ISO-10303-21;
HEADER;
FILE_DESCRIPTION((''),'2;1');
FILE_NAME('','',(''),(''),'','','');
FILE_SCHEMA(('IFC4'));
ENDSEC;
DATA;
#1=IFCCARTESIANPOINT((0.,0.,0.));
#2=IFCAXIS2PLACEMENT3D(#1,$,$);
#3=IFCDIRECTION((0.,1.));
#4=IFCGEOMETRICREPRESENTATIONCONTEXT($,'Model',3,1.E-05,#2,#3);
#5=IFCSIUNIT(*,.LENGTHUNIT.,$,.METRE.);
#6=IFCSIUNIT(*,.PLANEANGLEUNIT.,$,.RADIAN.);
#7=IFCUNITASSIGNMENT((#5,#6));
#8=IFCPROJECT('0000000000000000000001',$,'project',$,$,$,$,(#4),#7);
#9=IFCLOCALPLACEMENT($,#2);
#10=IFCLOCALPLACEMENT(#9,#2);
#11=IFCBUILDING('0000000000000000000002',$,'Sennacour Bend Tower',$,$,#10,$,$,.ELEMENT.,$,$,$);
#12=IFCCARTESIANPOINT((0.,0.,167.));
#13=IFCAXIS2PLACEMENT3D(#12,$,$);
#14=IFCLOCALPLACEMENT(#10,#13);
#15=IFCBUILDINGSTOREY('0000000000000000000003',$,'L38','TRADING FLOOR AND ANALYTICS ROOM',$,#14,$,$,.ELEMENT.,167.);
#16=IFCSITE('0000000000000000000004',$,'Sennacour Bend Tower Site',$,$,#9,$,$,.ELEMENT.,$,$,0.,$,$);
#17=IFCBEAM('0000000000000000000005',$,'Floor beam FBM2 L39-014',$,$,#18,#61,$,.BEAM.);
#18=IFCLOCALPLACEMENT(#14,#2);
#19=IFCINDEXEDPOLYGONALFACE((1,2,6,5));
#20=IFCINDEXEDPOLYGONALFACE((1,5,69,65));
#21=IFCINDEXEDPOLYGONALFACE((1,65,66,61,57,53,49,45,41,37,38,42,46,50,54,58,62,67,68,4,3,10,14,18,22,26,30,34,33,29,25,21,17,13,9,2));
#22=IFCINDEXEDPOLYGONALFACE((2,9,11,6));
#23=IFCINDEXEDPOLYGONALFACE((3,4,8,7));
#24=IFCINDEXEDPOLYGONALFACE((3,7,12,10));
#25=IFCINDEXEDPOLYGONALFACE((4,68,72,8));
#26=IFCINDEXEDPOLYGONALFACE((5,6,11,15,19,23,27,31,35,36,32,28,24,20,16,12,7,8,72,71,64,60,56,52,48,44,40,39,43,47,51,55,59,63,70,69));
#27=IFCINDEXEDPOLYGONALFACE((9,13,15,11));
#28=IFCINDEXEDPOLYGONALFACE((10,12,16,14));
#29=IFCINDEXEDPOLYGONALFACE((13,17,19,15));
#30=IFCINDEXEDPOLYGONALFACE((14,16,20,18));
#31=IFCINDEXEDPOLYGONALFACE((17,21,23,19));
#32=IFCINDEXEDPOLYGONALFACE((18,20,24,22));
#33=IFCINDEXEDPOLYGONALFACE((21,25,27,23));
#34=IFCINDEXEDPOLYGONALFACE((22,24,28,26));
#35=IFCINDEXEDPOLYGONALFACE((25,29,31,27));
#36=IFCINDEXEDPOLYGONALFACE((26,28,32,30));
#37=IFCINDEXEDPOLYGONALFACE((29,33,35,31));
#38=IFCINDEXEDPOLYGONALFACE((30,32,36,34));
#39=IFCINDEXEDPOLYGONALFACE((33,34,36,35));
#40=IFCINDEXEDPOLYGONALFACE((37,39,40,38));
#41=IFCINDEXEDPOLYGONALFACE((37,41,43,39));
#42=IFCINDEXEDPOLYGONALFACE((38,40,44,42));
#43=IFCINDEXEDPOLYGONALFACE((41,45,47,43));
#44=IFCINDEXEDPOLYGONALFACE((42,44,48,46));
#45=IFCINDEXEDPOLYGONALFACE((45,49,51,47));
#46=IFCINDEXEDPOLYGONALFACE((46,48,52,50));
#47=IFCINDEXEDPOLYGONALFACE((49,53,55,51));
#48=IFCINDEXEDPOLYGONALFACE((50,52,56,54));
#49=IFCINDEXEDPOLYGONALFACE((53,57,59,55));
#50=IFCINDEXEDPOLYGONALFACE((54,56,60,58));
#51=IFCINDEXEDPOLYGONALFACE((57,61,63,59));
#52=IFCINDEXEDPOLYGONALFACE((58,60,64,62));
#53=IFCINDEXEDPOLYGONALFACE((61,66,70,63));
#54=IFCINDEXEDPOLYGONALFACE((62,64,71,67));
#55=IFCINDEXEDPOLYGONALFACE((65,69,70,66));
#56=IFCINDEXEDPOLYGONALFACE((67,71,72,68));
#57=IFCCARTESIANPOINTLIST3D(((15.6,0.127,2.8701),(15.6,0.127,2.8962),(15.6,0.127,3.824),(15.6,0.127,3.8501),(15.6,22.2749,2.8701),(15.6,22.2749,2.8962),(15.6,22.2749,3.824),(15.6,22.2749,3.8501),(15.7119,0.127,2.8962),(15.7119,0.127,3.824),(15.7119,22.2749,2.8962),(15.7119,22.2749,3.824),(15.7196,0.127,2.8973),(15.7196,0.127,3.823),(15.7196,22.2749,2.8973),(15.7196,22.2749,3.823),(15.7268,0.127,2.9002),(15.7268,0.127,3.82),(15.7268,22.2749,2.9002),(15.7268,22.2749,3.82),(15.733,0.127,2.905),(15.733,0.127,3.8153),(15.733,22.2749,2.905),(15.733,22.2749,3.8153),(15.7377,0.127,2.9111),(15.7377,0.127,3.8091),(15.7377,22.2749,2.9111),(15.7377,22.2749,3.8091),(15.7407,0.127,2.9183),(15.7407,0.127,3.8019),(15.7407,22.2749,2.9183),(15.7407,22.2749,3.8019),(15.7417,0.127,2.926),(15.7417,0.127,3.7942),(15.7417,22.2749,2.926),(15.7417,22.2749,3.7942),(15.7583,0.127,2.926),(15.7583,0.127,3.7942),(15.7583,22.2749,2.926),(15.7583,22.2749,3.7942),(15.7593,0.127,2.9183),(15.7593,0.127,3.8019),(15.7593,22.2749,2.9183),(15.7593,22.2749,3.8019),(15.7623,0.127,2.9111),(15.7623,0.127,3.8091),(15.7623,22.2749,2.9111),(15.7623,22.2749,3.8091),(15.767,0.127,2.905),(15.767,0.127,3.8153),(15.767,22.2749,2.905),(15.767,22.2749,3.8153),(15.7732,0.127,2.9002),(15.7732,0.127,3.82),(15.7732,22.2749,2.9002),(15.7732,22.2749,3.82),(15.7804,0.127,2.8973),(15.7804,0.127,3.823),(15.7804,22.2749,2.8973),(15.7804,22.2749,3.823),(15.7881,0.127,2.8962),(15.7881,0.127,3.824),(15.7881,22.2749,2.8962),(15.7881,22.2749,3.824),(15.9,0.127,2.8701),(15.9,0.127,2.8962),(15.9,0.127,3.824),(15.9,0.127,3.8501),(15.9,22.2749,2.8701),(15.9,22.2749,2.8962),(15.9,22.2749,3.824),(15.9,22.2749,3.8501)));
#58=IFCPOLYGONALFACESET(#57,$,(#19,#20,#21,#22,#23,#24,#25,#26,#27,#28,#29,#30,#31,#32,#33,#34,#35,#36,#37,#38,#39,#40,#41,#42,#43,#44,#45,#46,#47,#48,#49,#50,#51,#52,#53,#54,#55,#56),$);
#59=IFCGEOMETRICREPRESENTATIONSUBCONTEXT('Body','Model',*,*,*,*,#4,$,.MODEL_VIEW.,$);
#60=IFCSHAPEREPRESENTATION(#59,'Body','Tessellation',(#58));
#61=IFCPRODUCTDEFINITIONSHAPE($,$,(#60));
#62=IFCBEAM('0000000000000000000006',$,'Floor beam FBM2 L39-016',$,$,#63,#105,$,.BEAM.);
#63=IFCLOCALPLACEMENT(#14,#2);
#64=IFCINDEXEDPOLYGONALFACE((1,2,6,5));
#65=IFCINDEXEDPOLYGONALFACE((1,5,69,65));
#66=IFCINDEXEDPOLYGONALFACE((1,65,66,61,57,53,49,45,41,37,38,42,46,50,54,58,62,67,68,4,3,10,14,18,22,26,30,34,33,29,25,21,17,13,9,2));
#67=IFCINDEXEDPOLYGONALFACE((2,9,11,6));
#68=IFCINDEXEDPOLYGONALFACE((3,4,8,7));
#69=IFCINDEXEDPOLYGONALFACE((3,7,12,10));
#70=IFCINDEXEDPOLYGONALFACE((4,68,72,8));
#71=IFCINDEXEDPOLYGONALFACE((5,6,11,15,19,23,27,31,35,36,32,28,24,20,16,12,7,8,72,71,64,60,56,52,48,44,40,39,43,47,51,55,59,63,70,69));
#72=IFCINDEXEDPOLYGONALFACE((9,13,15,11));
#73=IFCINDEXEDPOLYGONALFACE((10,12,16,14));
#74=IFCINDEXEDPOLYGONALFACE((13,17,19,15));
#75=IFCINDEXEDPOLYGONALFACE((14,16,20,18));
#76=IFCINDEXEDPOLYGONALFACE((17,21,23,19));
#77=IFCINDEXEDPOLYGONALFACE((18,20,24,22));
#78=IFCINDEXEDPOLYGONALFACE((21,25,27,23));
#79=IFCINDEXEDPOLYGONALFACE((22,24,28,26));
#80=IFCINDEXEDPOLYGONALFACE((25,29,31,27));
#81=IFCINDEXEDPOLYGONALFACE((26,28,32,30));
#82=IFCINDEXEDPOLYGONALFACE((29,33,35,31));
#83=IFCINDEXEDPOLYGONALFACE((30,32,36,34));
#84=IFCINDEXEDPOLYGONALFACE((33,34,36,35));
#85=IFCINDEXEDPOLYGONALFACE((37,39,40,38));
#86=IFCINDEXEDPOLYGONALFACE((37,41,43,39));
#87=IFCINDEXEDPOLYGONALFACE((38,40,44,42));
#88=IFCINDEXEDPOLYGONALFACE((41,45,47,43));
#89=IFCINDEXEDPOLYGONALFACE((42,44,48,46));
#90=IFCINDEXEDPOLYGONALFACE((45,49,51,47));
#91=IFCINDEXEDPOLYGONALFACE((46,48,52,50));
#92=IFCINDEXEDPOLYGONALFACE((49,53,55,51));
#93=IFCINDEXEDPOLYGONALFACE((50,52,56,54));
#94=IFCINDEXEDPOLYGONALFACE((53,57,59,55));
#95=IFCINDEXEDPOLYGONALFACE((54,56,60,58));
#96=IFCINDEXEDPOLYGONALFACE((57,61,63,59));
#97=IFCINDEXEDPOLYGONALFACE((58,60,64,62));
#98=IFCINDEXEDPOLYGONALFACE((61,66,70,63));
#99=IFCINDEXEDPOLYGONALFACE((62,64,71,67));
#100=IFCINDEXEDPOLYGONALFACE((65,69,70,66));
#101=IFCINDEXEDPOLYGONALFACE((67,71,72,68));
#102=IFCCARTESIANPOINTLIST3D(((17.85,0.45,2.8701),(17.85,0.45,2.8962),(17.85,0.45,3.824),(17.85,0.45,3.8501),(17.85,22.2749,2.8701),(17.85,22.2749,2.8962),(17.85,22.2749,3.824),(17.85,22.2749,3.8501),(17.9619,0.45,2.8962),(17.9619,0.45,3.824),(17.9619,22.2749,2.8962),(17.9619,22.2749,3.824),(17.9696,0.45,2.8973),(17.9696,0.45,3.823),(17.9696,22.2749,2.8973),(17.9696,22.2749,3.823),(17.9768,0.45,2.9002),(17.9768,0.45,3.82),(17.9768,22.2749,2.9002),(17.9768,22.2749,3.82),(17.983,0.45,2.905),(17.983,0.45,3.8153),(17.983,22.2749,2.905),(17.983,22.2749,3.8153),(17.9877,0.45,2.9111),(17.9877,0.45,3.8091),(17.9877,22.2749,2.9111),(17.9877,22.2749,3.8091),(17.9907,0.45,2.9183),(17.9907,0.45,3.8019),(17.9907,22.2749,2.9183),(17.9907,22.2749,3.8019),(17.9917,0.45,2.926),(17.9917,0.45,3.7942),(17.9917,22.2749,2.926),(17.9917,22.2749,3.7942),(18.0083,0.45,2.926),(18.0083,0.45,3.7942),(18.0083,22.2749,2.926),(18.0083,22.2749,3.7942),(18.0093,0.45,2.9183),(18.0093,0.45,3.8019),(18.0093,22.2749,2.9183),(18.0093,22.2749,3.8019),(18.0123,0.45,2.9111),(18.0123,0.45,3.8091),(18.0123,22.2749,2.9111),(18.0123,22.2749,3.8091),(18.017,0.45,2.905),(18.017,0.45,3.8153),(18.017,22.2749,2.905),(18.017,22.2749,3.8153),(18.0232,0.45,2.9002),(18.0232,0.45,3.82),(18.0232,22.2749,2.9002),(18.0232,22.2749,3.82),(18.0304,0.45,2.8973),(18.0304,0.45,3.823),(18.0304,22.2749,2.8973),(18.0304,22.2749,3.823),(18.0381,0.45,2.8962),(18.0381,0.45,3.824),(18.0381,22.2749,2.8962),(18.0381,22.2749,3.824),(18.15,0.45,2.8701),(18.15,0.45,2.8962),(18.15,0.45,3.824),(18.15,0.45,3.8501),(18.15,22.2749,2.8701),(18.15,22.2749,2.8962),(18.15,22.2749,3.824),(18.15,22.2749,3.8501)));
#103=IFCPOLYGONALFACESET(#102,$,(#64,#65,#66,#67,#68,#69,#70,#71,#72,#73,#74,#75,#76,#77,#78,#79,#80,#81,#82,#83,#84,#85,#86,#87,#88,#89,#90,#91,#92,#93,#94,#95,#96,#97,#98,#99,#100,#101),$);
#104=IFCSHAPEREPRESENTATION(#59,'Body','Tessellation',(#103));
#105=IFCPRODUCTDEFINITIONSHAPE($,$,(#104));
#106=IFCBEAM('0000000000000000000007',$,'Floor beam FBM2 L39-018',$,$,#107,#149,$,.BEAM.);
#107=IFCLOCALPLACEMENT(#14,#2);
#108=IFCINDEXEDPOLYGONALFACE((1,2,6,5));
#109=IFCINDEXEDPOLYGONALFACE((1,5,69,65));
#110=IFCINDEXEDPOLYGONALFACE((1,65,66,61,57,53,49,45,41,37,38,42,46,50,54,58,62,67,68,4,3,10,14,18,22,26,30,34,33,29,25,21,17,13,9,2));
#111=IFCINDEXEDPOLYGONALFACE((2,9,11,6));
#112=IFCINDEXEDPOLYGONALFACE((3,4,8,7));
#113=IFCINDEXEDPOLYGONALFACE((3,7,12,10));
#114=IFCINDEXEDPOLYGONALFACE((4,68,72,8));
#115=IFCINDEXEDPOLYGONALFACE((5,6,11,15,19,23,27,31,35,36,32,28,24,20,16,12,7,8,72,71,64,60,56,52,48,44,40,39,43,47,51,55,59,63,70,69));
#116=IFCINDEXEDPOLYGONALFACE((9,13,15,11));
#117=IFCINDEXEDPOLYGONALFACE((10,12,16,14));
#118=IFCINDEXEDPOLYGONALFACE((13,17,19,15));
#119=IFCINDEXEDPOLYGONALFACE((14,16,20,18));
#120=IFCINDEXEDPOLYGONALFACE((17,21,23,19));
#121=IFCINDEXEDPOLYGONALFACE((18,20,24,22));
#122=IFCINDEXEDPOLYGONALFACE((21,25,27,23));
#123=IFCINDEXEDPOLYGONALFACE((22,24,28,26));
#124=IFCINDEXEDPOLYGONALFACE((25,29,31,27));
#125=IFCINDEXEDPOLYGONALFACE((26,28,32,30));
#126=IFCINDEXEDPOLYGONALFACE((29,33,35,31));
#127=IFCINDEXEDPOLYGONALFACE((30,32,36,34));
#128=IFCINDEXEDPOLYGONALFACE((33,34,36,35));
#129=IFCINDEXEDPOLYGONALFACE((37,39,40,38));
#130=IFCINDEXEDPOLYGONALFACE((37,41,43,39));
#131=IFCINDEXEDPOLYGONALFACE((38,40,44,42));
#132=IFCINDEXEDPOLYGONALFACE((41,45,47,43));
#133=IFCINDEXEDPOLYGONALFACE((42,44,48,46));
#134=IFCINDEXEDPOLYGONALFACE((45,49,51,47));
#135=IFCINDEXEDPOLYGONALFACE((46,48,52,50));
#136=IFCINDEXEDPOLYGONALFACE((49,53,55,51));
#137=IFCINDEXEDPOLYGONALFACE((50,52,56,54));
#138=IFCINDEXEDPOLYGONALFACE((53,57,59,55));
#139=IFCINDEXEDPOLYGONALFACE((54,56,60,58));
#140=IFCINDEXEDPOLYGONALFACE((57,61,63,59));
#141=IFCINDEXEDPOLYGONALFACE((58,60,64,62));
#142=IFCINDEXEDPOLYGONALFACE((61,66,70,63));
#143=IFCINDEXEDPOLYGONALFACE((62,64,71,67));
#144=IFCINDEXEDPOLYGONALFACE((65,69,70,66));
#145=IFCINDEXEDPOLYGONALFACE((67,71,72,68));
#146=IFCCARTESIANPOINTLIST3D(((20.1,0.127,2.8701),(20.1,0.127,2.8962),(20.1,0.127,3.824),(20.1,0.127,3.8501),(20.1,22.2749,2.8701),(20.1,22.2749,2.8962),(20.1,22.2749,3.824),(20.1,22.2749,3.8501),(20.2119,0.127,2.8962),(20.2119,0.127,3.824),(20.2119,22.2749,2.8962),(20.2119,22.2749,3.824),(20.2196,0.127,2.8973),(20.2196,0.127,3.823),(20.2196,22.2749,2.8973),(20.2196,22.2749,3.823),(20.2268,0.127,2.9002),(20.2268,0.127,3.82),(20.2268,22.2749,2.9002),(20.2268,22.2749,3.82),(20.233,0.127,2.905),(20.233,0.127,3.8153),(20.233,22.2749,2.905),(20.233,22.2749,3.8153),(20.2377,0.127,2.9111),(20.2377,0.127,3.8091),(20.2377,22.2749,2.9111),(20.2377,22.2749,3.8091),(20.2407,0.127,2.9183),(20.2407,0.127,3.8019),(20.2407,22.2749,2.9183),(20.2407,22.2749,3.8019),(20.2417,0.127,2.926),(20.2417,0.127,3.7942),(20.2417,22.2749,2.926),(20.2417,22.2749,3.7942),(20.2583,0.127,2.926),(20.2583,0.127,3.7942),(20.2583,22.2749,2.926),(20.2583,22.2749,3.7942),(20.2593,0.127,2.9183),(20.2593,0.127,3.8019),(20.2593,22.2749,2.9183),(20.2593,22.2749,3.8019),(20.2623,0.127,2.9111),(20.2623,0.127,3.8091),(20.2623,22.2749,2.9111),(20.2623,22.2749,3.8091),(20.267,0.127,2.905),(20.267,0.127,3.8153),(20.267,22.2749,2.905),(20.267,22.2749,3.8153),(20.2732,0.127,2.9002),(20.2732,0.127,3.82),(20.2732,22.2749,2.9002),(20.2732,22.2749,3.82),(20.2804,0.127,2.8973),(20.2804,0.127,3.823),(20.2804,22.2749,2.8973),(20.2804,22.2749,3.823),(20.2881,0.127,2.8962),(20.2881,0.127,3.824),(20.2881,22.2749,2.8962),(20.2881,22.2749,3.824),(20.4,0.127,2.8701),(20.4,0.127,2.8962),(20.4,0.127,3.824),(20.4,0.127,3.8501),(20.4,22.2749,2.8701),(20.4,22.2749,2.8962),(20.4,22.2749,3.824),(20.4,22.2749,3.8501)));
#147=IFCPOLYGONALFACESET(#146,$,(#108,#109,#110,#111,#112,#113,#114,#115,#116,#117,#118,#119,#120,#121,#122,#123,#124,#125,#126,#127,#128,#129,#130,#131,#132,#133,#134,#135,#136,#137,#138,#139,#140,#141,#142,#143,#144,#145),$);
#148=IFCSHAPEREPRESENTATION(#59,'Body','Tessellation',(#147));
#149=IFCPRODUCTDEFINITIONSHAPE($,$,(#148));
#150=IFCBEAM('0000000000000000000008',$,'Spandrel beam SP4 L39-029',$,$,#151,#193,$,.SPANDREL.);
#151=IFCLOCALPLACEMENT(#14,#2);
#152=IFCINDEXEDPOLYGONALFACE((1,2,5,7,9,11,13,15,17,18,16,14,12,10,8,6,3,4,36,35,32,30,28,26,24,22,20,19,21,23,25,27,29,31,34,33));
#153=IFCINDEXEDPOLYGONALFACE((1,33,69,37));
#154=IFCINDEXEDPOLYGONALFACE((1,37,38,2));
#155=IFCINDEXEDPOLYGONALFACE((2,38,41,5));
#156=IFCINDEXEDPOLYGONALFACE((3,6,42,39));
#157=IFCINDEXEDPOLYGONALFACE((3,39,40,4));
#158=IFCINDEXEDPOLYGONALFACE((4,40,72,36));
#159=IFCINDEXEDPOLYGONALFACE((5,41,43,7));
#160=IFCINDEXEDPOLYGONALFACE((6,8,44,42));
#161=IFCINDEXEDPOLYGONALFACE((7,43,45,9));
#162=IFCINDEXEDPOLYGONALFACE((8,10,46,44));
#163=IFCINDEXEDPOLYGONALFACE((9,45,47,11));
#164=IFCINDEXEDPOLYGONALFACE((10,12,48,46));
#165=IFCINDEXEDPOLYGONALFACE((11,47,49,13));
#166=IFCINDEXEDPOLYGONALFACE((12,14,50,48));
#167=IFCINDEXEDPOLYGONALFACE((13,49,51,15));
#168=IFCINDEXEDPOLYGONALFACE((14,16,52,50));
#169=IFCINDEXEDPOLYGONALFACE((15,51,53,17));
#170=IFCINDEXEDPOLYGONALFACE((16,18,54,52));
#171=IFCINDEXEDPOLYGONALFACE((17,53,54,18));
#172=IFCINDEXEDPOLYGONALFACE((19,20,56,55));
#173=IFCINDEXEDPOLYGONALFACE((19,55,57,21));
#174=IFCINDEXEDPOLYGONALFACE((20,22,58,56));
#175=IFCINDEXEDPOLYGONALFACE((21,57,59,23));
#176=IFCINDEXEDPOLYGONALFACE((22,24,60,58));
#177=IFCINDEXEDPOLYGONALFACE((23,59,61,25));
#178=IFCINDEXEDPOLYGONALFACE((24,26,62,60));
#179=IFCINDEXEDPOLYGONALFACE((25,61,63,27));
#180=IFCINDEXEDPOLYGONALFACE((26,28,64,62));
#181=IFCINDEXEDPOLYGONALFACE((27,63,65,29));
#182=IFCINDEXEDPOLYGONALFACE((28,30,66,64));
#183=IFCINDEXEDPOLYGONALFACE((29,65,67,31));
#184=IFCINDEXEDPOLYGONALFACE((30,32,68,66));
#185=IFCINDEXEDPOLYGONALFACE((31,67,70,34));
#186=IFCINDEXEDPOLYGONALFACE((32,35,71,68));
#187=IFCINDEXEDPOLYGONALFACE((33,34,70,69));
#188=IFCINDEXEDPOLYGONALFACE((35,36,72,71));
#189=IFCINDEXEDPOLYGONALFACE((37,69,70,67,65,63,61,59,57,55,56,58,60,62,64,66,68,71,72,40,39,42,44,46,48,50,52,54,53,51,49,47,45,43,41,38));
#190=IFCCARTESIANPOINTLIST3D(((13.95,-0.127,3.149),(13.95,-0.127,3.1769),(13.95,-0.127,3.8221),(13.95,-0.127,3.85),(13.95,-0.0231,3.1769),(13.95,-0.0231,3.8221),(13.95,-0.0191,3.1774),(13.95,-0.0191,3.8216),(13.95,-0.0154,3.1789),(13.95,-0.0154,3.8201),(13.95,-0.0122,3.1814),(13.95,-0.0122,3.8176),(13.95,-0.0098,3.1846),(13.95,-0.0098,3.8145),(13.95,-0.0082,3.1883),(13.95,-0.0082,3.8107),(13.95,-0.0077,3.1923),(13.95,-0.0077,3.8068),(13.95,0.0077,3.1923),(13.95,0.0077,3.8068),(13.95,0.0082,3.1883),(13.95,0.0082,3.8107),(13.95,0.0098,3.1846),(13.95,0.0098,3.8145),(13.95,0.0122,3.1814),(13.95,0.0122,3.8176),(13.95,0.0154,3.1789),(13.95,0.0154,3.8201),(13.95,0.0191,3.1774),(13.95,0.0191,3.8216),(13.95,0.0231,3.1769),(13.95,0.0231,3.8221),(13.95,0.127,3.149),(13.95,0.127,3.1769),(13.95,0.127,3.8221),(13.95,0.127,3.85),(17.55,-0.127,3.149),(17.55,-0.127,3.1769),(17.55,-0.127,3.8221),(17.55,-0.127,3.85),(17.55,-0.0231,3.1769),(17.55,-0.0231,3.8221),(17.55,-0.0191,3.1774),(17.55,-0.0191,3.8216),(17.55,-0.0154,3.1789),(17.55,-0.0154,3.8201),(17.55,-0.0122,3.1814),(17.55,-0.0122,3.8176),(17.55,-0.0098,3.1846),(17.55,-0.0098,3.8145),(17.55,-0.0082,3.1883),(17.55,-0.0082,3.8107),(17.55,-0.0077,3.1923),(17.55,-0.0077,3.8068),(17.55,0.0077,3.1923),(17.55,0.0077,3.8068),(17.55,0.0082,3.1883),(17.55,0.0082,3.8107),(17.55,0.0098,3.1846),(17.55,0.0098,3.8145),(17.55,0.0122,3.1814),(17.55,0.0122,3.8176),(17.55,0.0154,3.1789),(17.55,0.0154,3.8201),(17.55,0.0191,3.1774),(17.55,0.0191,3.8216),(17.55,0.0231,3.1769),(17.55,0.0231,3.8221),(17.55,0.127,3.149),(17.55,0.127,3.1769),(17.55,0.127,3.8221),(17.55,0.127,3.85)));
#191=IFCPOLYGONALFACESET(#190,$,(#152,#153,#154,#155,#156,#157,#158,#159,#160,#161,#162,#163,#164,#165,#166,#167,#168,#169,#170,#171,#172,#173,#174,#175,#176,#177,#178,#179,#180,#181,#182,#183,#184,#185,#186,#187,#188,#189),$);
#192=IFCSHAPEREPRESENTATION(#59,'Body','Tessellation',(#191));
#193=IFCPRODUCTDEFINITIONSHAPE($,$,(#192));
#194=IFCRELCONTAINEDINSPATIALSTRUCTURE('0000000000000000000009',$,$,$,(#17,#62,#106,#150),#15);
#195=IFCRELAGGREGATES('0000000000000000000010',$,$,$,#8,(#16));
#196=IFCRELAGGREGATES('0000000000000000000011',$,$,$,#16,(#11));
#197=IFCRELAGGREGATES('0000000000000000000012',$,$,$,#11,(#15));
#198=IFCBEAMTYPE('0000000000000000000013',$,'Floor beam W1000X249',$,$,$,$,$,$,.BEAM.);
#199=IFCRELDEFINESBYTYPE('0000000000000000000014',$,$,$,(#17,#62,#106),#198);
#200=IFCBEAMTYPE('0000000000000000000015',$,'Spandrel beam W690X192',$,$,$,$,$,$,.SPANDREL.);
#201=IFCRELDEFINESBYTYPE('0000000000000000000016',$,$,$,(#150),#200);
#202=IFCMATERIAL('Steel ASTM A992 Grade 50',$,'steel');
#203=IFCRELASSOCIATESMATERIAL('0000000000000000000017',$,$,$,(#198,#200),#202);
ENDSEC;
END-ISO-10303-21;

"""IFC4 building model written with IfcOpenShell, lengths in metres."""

from ifc_helpers import new_model, si_unit, direction, frame, origin, origin_2d, place, context, subcontext, project, spatial, i_section, extrude, material, material_profile, profile_set, type_object, element, save


model = new_model("IFC4")

# Units and contexts
model_context = context("Model", 3, precision=1e-05, world=origin(), true_north=direction((0.0, 1.0)))
body_context = subcontext(model_context, "Body", "Model", "MODEL_VIEW")
ifc_project = project(units=[si_unit("LENGTHUNIT", "METRE"), si_unit("PLANEANGLEUNIT", "RADIAN")], contexts=[model_context])

# Site, building, storey
site_placement = place(None, origin())
site = spatial("IfcSite", under=ifc_project, at=site_placement, Name="Sennacour Bend Tower Site", CompositionType="ELEMENT", RefElevation=0.0)
building_placement = place(site_placement, origin())
building = spatial("IfcBuilding", under=site, at=building_placement, Name="Sennacour Bend Tower", CompositionType="ELEMENT")
storey_placement = place(building_placement, frame((0.0, 0.0, 167.0)))
storey = spatial("IfcBuildingStorey", under=building, at=storey_placement, Name="L38", Description="TRADING FLOOR AND ANALYTICS ROOM", CompositionType="ELEMENT", Elevation=167.0)

# Beams
ifc_material_1 = material(Name="Steel ASTM A992 Grade 50", Category="steel")
ifc_material_profile_1 = material_profile(ifc_material_1, i_section(OverallWidth=0.3, OverallDepth=0.98, WebThickness=0.0166, FlangeThickness=0.0261, FilletRadius=0.0298, at=origin_2d()), Name="Steel ASTM A992 Grade 50", Category="steel")
ifc_profile_set_1 = profile_set([ifc_material_profile_1], Name="Steel ASTM A992 Grade 50")
beam_type_1 = type_object("IfcBeamType", Name="Floor beam W1000X249", PredefinedType="BEAM", material=ifc_profile_set_1)
beam_1_placement = place(storey_placement, frame((15.75, 0.127, 3.3601), z_axis=(0.0, 1.0, 0.0), x_axis=(-1.0, 0.0, 0.0)))
element("IfcBeam", 1, at=beam_1_placement, inside=storey, type_object=beam_type_1, Name="Floor beam FBM2 L39-014", PredefinedType="BEAM", context=body_context, shape_type="SweptSolid", body=[
    extrude(i_section(OverallWidth=0.3, OverallDepth=0.98, WebThickness=0.0166, FlangeThickness=0.0261, FilletRadius=0.0298, at=origin_2d()), origin(), (0.0, 0.0, 1.0), 22.1479),
])
beam_2_placement = place(storey_placement, frame((18.0, 0.45, 3.3601), z_axis=(0.0, 1.0, 0.0), x_axis=(-1.0, 0.0, 0.0)))
element("IfcBeam", 2, at=beam_2_placement, inside=storey, type_object=beam_type_1, Name="Floor beam FBM2 L39-016", PredefinedType="BEAM", context=body_context, shape_type="SweptSolid", body=[
    extrude(i_section(OverallWidth=0.3, OverallDepth=0.98, WebThickness=0.0166, FlangeThickness=0.0261, FilletRadius=0.0298, at=origin_2d()), origin(), (0.0, 0.0, 1.0), 21.825),
])
beam_3_placement = place(storey_placement, frame((20.25, 0.127, 3.3601), z_axis=(0.0, 1.0, 0.0), x_axis=(-1.0, 0.0, 0.0)))
element("IfcBeam", 3, at=beam_3_placement, inside=storey, type_object=beam_type_1, Name="Floor beam FBM2 L39-018", PredefinedType="BEAM", context=body_context, shape_type="SweptSolid", body=[
    extrude(i_section(OverallWidth=0.3, OverallDepth=0.98, WebThickness=0.0166, FlangeThickness=0.0261, FilletRadius=0.0298, at=origin_2d()), origin(), (0.0, 0.0, 1.0), 22.1479),
])
ifc_material_profile_2 = material_profile(ifc_material_1, i_section(OverallWidth=0.2539, OverallDepth=0.7009, WebThickness=0.0154, FlangeThickness=0.0278, FilletRadius=0.0154, at=origin_2d()), Name="Steel ASTM A992 Grade 50", Category="steel")
ifc_profile_set_2 = profile_set([ifc_material_profile_2], Name="Steel ASTM A992 Grade 50")
beam_type_2 = type_object("IfcBeamType", Name="Spandrel beam W690X192", PredefinedType="SPANDREL", material=ifc_profile_set_2)
for number, where, z_axis, x_axis, name in (
    (4, (17.55, 0.0, 3.4995), (-1.0, 0.0, 0.0), (0.0, -1.0, 0.0), "Spandrel beam SP4 L39-029"),
):
    element("IfcBeam", number, at=place(storey_placement, frame(where, z_axis=z_axis, x_axis=x_axis)), inside=storey, type_object=beam_type_2, Name=name, PredefinedType="SPANDREL", context=body_context, shape_type="SweptSolid", body=[
        extrude(i_section(OverallWidth=0.2539, OverallDepth=0.7009, WebThickness=0.0154, FlangeThickness=0.0278, FilletRadius=0.0154, at=origin_2d()), origin(), (0.0, 0.0, 1.0), 3.6001),
    ])

save(model, "model.ifc")
